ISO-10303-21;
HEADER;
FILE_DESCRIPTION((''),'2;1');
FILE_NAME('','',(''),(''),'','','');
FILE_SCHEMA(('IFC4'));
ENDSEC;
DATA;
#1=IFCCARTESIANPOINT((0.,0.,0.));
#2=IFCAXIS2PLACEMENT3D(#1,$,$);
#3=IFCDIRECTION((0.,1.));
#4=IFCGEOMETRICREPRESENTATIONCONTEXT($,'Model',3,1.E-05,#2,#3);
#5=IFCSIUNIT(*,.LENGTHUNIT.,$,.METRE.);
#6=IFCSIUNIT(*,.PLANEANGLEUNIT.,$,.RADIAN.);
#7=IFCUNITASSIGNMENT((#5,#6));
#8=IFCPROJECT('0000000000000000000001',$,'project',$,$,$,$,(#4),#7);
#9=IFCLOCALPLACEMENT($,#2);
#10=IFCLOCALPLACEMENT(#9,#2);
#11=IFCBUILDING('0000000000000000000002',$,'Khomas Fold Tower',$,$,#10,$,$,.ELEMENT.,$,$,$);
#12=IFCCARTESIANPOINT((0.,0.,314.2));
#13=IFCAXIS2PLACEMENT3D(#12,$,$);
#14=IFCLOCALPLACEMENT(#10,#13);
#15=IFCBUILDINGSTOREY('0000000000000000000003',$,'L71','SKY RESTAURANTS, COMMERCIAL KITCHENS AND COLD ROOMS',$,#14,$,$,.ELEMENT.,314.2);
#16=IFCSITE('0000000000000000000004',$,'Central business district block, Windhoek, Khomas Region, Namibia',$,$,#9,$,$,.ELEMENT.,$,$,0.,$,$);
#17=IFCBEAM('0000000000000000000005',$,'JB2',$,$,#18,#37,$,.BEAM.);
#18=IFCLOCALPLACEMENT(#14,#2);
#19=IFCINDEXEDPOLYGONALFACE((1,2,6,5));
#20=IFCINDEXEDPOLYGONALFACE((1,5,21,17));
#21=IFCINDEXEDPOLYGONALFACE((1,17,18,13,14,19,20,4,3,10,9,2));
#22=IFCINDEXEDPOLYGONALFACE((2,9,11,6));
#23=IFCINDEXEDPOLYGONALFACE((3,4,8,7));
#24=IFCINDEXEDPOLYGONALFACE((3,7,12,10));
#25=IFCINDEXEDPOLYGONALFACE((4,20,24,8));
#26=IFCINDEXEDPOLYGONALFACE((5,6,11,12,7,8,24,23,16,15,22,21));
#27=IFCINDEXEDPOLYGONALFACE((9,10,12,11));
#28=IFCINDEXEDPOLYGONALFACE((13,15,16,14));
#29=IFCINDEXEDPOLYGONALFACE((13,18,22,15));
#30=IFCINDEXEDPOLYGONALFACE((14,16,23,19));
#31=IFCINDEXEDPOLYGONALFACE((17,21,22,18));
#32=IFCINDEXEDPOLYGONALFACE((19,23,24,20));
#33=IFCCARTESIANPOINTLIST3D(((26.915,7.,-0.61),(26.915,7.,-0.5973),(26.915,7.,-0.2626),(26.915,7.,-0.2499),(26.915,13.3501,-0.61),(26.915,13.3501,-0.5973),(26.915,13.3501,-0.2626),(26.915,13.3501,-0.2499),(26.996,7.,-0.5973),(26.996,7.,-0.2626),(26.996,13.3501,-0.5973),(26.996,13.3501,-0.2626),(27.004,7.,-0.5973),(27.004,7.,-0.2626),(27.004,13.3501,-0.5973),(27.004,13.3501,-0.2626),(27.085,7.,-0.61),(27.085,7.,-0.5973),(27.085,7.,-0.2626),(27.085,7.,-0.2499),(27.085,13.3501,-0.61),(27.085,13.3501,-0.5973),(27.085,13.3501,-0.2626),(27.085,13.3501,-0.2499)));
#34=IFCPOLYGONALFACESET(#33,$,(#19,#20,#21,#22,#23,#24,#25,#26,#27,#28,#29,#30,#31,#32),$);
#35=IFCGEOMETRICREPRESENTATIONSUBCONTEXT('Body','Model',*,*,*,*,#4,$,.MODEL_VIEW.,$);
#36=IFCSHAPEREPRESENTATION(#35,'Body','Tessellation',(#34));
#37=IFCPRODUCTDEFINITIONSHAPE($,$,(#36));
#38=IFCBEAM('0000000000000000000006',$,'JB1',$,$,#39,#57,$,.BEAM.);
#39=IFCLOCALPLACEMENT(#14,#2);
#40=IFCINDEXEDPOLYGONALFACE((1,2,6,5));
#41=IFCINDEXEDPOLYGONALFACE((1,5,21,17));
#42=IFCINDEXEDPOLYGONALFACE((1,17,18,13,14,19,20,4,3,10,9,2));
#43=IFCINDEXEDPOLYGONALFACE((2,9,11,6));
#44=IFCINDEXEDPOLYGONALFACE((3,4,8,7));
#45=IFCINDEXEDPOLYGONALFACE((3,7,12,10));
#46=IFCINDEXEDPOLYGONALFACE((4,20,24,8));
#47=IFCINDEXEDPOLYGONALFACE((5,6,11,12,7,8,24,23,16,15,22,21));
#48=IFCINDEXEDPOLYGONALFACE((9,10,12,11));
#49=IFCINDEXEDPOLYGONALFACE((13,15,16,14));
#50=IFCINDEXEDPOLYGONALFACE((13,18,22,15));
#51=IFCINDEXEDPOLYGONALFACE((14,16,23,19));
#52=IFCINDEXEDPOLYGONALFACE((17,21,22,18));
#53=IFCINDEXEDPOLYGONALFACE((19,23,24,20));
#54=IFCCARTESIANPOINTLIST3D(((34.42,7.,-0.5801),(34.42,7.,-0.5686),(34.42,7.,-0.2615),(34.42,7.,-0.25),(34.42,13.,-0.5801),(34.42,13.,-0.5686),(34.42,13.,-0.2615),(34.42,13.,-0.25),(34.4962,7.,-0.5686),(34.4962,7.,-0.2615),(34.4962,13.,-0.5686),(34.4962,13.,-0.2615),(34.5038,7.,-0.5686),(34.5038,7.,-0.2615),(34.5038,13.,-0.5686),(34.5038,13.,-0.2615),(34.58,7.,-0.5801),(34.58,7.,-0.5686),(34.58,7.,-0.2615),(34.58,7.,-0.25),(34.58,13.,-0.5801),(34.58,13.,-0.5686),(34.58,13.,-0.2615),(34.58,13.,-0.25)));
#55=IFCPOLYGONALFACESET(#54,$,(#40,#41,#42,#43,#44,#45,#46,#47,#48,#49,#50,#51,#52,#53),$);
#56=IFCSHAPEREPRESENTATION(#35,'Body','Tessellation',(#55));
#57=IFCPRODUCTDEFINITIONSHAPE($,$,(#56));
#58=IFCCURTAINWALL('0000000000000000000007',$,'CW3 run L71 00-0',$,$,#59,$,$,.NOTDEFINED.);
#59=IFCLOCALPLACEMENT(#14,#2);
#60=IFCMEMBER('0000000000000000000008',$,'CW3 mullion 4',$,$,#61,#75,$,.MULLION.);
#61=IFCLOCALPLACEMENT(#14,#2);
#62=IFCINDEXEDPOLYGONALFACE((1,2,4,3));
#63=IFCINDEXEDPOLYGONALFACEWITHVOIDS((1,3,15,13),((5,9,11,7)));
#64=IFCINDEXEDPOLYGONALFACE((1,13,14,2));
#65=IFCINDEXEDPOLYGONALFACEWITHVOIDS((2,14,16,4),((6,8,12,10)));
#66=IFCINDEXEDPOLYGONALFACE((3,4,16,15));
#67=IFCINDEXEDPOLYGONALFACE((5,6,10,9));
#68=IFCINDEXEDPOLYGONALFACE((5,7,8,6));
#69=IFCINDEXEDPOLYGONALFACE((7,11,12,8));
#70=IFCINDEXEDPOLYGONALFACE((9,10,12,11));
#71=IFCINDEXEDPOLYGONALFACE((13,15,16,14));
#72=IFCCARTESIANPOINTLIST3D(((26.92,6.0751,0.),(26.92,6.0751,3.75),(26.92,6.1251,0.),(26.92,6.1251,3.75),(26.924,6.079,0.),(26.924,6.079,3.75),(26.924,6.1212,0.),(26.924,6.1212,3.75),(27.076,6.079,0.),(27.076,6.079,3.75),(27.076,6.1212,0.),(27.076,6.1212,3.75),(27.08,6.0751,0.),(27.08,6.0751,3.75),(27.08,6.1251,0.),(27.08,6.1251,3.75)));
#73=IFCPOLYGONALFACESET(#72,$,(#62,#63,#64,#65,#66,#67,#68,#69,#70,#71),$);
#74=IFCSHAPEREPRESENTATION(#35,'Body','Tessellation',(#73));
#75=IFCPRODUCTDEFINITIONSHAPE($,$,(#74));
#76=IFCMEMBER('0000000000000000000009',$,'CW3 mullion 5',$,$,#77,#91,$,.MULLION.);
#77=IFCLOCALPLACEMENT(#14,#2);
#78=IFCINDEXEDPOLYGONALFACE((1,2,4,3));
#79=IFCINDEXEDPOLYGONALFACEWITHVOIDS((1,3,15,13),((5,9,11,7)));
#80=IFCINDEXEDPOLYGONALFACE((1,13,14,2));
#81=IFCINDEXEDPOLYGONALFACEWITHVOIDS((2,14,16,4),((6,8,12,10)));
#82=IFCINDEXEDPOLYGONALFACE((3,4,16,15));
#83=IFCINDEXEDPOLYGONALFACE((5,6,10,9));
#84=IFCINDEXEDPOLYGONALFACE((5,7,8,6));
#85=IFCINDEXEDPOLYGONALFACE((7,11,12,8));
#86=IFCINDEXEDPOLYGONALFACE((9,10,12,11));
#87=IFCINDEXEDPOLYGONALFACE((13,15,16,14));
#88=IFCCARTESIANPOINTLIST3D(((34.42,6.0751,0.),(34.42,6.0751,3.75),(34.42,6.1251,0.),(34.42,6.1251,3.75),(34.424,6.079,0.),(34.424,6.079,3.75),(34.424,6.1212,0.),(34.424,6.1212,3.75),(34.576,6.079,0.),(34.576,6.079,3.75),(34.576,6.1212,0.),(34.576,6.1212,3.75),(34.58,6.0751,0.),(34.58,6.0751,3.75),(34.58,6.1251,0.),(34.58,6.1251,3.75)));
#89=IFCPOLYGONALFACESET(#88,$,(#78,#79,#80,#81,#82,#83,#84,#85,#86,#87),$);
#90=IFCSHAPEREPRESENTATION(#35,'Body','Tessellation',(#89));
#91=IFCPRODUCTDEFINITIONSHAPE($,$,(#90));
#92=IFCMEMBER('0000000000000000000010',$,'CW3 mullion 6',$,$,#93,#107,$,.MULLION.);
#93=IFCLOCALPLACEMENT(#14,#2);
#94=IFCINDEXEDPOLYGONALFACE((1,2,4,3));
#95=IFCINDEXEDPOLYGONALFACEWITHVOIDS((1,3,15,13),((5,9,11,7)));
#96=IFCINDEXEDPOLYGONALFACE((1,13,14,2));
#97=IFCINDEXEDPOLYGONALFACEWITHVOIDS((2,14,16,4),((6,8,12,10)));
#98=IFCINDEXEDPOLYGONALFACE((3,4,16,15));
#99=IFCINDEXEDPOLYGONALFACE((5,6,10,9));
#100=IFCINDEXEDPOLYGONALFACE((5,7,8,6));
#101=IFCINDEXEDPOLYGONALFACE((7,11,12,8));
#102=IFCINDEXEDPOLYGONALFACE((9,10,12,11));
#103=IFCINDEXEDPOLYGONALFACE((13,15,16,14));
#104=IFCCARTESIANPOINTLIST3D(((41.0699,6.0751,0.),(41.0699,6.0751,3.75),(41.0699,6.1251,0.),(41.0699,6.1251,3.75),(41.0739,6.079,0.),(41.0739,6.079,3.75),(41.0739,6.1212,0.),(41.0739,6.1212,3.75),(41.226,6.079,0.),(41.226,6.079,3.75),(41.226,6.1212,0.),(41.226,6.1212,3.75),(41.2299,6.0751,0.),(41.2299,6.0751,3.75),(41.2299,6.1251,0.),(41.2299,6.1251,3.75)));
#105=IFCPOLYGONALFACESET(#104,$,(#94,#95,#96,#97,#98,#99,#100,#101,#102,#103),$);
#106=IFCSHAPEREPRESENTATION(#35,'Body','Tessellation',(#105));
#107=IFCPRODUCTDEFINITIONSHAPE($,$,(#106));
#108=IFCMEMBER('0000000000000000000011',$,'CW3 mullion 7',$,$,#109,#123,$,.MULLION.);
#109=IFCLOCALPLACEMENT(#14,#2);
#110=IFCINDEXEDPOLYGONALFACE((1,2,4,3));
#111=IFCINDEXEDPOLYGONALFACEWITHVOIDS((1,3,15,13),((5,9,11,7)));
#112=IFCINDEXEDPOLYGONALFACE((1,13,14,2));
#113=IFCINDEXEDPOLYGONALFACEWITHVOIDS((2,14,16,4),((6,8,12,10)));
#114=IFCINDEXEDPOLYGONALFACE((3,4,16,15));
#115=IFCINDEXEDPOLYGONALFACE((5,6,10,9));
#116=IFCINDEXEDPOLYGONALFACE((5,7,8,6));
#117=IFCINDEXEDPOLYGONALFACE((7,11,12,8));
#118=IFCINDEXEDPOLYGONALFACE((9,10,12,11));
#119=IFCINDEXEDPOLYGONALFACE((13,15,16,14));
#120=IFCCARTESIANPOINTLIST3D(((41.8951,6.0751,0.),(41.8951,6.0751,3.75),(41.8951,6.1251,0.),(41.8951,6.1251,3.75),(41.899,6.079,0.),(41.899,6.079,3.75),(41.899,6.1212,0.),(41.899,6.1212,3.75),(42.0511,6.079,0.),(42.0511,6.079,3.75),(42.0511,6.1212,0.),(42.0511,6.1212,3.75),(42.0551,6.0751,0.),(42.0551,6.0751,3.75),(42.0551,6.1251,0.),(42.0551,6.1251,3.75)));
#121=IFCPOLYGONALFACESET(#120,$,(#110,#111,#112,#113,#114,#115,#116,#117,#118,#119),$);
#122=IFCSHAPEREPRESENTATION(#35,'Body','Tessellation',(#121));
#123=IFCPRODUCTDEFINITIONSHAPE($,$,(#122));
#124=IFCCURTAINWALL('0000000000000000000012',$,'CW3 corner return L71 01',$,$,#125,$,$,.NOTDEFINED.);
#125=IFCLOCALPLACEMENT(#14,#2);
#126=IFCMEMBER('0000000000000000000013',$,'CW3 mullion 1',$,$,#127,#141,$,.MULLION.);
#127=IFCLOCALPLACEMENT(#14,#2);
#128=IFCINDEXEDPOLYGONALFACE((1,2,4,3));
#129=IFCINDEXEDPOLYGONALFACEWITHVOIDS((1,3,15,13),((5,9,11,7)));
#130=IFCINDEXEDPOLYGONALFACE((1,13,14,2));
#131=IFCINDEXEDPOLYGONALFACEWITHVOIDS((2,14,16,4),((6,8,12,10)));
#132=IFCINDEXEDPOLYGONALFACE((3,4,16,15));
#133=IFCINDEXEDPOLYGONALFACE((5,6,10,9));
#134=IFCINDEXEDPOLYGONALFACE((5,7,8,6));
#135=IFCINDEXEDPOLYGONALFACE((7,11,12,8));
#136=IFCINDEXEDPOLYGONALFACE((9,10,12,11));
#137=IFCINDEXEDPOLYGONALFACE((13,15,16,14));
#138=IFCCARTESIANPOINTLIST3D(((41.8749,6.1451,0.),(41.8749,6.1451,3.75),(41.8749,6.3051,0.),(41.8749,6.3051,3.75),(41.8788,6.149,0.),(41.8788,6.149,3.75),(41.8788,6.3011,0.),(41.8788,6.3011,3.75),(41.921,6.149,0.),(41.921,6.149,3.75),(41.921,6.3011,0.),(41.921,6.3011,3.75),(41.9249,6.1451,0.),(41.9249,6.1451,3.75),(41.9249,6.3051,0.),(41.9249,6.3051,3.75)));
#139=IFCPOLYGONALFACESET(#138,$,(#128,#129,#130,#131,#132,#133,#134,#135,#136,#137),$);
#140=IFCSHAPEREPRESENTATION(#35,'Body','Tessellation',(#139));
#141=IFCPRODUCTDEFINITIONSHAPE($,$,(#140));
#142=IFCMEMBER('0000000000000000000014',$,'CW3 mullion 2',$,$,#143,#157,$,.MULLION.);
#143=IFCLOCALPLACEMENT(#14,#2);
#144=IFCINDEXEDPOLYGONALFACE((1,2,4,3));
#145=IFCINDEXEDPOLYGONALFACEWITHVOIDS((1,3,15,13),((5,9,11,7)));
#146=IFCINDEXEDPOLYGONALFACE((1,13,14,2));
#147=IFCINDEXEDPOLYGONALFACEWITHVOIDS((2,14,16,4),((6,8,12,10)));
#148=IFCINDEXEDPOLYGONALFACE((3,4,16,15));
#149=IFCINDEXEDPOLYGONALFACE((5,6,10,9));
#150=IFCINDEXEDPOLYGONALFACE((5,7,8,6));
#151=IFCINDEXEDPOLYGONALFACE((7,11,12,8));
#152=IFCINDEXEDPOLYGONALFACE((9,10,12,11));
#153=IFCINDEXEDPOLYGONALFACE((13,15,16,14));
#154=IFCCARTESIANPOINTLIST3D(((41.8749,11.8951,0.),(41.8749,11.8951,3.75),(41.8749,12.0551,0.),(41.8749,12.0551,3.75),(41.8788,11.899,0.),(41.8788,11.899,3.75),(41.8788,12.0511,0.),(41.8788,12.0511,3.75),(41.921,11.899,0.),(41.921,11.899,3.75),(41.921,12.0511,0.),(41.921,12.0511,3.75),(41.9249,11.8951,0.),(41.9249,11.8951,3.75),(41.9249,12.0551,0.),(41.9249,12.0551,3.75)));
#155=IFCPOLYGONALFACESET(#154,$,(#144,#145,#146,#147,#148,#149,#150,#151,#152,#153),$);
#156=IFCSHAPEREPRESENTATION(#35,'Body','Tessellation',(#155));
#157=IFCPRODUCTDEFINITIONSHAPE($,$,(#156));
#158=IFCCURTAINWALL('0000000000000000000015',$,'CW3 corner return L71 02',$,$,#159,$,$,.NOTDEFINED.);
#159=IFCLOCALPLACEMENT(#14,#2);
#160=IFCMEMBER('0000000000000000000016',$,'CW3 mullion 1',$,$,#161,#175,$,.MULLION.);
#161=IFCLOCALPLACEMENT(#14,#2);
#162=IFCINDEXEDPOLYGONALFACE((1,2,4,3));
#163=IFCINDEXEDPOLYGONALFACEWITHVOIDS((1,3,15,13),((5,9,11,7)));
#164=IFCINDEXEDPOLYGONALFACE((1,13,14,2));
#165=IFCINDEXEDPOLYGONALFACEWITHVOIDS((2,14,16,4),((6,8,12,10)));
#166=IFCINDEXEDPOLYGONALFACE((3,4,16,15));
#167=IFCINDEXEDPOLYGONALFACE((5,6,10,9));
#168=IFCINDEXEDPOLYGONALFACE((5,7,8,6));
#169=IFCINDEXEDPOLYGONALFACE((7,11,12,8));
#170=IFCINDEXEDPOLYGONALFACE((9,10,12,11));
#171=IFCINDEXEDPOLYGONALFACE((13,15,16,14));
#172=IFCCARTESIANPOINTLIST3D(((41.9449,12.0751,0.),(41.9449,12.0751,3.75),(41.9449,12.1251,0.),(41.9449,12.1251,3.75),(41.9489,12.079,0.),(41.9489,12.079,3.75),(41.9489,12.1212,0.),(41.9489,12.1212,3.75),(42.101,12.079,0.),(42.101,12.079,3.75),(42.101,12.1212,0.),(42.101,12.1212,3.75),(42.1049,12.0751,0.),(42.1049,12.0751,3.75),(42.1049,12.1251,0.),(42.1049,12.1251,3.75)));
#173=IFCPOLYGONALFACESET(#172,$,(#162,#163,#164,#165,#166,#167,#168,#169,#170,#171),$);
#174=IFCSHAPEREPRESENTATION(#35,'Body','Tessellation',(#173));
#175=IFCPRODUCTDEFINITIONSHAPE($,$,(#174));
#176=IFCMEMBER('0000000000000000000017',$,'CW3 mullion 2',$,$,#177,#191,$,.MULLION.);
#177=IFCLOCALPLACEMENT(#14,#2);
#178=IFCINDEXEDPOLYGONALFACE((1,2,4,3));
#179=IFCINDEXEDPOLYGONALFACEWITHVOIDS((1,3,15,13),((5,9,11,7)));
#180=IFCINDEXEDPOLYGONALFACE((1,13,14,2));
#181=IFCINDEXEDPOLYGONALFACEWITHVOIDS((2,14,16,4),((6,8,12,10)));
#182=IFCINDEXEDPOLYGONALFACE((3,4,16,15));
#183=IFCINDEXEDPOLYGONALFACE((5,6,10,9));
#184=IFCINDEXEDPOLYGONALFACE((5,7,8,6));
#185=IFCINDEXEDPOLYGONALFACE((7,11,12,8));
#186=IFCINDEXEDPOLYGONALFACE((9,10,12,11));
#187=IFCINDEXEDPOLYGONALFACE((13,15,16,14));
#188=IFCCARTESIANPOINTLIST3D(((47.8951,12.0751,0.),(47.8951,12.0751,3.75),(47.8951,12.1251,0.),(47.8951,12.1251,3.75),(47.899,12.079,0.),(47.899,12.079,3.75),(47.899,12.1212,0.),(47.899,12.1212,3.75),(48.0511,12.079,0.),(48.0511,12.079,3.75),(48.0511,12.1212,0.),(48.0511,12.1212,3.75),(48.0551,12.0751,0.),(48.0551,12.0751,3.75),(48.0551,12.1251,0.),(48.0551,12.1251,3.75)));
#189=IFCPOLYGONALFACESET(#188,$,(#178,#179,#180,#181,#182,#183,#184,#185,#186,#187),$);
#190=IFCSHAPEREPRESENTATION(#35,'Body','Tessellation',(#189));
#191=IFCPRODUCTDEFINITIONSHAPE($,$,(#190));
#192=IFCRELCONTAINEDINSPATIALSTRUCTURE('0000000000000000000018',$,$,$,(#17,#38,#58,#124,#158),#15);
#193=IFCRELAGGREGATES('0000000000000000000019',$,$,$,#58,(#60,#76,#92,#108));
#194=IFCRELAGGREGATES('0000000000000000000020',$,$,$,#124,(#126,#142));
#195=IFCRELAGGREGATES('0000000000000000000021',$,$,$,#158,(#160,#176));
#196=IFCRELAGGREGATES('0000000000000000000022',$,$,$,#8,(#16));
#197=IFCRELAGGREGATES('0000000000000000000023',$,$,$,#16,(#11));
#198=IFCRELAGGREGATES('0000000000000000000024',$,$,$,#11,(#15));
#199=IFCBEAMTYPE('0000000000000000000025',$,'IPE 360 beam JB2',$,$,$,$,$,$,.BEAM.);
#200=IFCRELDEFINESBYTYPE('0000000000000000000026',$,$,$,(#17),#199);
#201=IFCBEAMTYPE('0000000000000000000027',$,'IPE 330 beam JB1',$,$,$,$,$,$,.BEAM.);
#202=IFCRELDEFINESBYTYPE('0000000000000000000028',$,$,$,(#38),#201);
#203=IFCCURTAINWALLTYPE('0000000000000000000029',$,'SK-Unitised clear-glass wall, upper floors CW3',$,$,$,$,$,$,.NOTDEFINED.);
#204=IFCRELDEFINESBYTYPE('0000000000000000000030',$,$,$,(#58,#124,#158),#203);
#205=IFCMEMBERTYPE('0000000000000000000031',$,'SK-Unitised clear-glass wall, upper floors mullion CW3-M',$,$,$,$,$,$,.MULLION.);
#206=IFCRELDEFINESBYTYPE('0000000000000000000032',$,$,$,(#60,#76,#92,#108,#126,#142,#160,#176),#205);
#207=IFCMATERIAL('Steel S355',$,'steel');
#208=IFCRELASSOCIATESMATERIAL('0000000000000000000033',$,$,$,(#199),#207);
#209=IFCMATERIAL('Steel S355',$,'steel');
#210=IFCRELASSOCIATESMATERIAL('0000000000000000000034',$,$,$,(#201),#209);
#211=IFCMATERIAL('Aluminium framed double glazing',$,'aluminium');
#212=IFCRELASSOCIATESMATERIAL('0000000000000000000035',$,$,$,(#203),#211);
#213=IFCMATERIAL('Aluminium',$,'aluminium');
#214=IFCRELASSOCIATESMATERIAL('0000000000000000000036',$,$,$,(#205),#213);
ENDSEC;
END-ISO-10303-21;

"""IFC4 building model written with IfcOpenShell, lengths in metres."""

from ifc_helpers import new_model, si_unit, direction, frame, origin, origin_2d, place, context, subcontext, project, spatial, hollow_rectangle, i_section, extrude, source, transform, mapped, material, material_profile, profile_set, type_object, element, aggregate, save


model = new_model("IFC4")

# Units and contexts
model_context = context("Model", 3, precision=1e-05, world=origin(), true_north=direction((0.0, 1.0)))
body_context = subcontext(model_context, "Body", "Model", "MODEL_VIEW")
ifc_project = project(units=[si_unit("LENGTHUNIT", "METRE"), si_unit("PLANEANGLEUNIT", "RADIAN")], contexts=[model_context])

# Site, building, storey
site_placement = place(None, origin())
site = spatial("IfcSite", under=ifc_project, at=site_placement, Name="Central business district block, Windhoek, Khomas Region, Namibia", CompositionType="ELEMENT", RefElevation=0.0)
building_placement = place(site_placement, origin())
building = spatial("IfcBuilding", under=site, at=building_placement, Name="Khomas Fold Tower", CompositionType="ELEMENT")
storey_placement = place(building_placement, frame((0.0, 0.0, 314.2)))
storey = spatial("IfcBuildingStorey", under=building, at=storey_placement, Name="L71", Description="SKY RESTAURANTS, COMMERCIAL KITCHENS AND COLD ROOMS", CompositionType="ELEMENT", Elevation=314.2)

# Beams
ifc_material_1 = material(Name="Steel S355", Category="steel")
ifc_material_profile_1 = material_profile(ifc_material_1, i_section(OverallWidth=0.1699, OverallDepth=0.3601, WebThickness=0.0081, FlangeThickness=0.0127, at=origin_2d()), Name="IPE 360")
ifc_profile_set_1 = profile_set([ifc_material_profile_1], Name="Steel S355")
beam_type_1 = type_object("IfcBeamType", Name="IPE 360 beam JB2", PredefinedType="BEAM", material=ifc_profile_set_1)
shared_shape_1 = source(origin(), body_context, "Body", "SweptSolid", [
    extrude(i_section(OverallWidth=0.1699, OverallDepth=0.3601, WebThickness=0.0081, FlangeThickness=0.0127, at=origin_2d()), origin(), (0.0, 0.0, 1.0), 6.3501),
])
beam_1_placement = place(storey_placement, frame((27.0, 7.0, -0.4299), z_axis=(0.0, 1.0, 0.0), x_axis=(-1.0, 0.0, 0.0)))
element("IfcBeam", 1, at=beam_1_placement, inside=storey, type_object=beam_type_1, Name="JB2", PredefinedType="BEAM", context=body_context, shape_type="MappedRepresentation", body=[
    mapped(shared_shape_1, transform((0.0, 0.0, 0.0))),
])
ifc_material_2 = material(Name="Steel S355", Category="steel")
ifc_material_profile_2 = material_profile(ifc_material_2, i_section(OverallWidth=0.1599, OverallDepth=0.3301, WebThickness=0.0076, FlangeThickness=0.0115, at=origin_2d()), Name="IPE 330")
ifc_profile_set_2 = profile_set([ifc_material_profile_2], Name="Steel S355")
beam_type_2 = type_object("IfcBeamType", Name="IPE 330 beam JB1", PredefinedType="BEAM", material=ifc_profile_set_2)
shared_shape_2 = source(origin(), body_context, "Body", "SweptSolid", [
    extrude(i_section(OverallWidth=0.1599, OverallDepth=0.3301, WebThickness=0.0076, FlangeThickness=0.0115, at=origin_2d()), origin(), (0.0, 0.0, 1.0), 6.0),
])
beam_2_placement = place(storey_placement, frame((34.5, 7.0, -0.415), z_axis=(0.0, 1.0, 0.0), x_axis=(-1.0, 0.0, 0.0)))
element("IfcBeam", 2, at=beam_2_placement, inside=storey, type_object=beam_type_2, Name="JB1", PredefinedType="BEAM", context=body_context, shape_type="MappedRepresentation", body=[
    mapped(shared_shape_2, transform((0.0, 0.0, 0.0))),
])

# Curtain walls, members
ifc_material_3 = material(Name="Aluminium framed double glazing", Category="aluminium")
curtain_wall_type = type_object("IfcCurtainWallType", Name="SK-Unitised clear-glass wall, upper floors CW3", PredefinedType="NOTDEFINED", material=ifc_material_3)
curtain_wall_1_placement = place(storey_placement, origin())
curtain_wall_1 = element("IfcCurtainWall", 3, at=curtain_wall_1_placement, inside=storey, type_object=curtain_wall_type, Name="CW3 run L71 00-0", PredefinedType="NOTDEFINED")
ifc_material_4 = material(Name="Aluminium", Category="aluminium")
ifc_material_profile_3 = material_profile(ifc_material_4, hollow_rectangle(XDim=0.05, YDim=0.1599, WallThickness=0.0039, at=origin_2d()), Name="SK-Unitised clear-glass wall, upper floors mullion CW3-M")
ifc_profile_set_3 = profile_set([ifc_material_profile_3], Name="Aluminium")
member_type_1 = type_object("IfcMemberType", Name="SK-Unitised clear-glass wall, upper floors mullion CW3-M", PredefinedType="MULLION", material=ifc_profile_set_3)
shared_shape_3 = source(origin(), body_context, "Body", "SweptSolid", [
    extrude(hollow_rectangle(XDim=0.05, YDim=0.1599, WallThickness=0.0039, at=origin_2d()), origin(), (0.0, 0.0, 1.0), 3.75),
])
member_1_placement = place(storey_placement, frame((27.0, 6.1001, 0.0), z_axis=(0.0, 0.0, 1.0), x_axis=(0.0, 1.0, 0.0)))
member_1 = element("IfcMember", 4, at=member_1_placement, type_object=member_type_1, Name="CW3 mullion 4", PredefinedType="MULLION", context=body_context, shape_type="MappedRepresentation", body=[
    mapped(shared_shape_3, transform((0.0, 0.0, 0.0))),
])
member_2_placement = place(storey_placement, frame((34.5, 6.1001, 0.0), z_axis=(0.0, 0.0, 1.0), x_axis=(0.0, 1.0, 0.0)))
member_2 = element("IfcMember", 5, at=member_2_placement, type_object=member_type_1, Name="CW3 mullion 5", PredefinedType="MULLION", context=body_context, shape_type="MappedRepresentation", body=[
    mapped(shared_shape_3, transform((0.0, 0.0, 0.0))),
])
member_3_placement = place(storey_placement, frame((41.1499, 6.1001, 0.0), z_axis=(0.0, 0.0, 1.0), x_axis=(0.0, 1.0, 0.0)))
member_3 = element("IfcMember", 6, at=member_3_placement, type_object=member_type_1, Name="CW3 mullion 6", PredefinedType="MULLION", context=body_context, shape_type="MappedRepresentation", body=[
    mapped(shared_shape_3, transform((0.0, 0.0, 0.0))),
])
member_4_placement = place(storey_placement, frame((41.9751, 6.1001, 0.0), z_axis=(0.0, 0.0, 1.0), x_axis=(0.0, 1.0, 0.0)))
member_4 = element("IfcMember", 7, at=member_4_placement, type_object=member_type_1, Name="CW3 mullion 7", PredefinedType="MULLION", context=body_context, shape_type="MappedRepresentation", body=[
    mapped(shared_shape_3, transform((0.0, 0.0, 0.0))),
])
curtain_wall_2_placement = place(storey_placement, origin())
curtain_wall_2 = element("IfcCurtainWall", 8, at=curtain_wall_2_placement, inside=storey, type_object=curtain_wall_type, Name="CW3 corner return L71 01", PredefinedType="NOTDEFINED")
member_5_placement = place(storey_placement, frame((41.8999, 6.2251, 0.0), z_axis=(0.0, 0.0, 1.0), x_axis=(-1.0, 0.0, 0.0)))
member_5 = element("IfcMember", 9, at=member_5_placement, type_object=member_type_1, Name="CW3 mullion 1", PredefinedType="MULLION", context=body_context, shape_type="MappedRepresentation", body=[
    mapped(shared_shape_3, transform((0.0, 0.0, 0.0))),
])
member_6_placement = place(storey_placement, frame((41.8999, 11.9751, 0.0), z_axis=(0.0, 0.0, 1.0), x_axis=(-1.0, 0.0, 0.0)))
member_6 = element("IfcMember", 10, at=member_6_placement, type_object=member_type_1, Name="CW3 mullion 2", PredefinedType="MULLION", context=body_context, shape_type="MappedRepresentation", body=[
    mapped(shared_shape_3, transform((0.0, 0.0, 0.0))),
])
curtain_wall_3_placement = place(storey_placement, origin())
curtain_wall_3 = element("IfcCurtainWall", 11, at=curtain_wall_3_placement, inside=storey, type_object=curtain_wall_type, Name="CW3 corner return L71 02", PredefinedType="NOTDEFINED")
member_7_placement = place(storey_placement, frame((42.0249, 12.1001, 0.0), z_axis=(0.0, 0.0, 1.0), x_axis=(0.0, 1.0, 0.0)))
member_7 = element("IfcMember", 12, at=member_7_placement, type_object=member_type_1, Name="CW3 mullion 1", PredefinedType="MULLION", context=body_context, shape_type="MappedRepresentation", body=[
    mapped(shared_shape_3, transform((0.0, 0.0, 0.0))),
])
member_8_placement = place(storey_placement, frame((47.9751, 12.1001, 0.0), z_axis=(0.0, 0.0, 1.0), x_axis=(0.0, 1.0, 0.0)))
member_8 = element("IfcMember", 13, at=member_8_placement, type_object=member_type_1, Name="CW3 mullion 2", PredefinedType="MULLION", context=body_context, shape_type="MappedRepresentation", body=[
    mapped(shared_shape_3, transform((0.0, 0.0, 0.0))),
])

aggregate(curtain_wall_1, [member_1, member_2, member_3, member_4])
aggregate(curtain_wall_2, [member_5, member_6])
aggregate(curtain_wall_3, [member_7, member_8])

save(model, "model.ifc")
